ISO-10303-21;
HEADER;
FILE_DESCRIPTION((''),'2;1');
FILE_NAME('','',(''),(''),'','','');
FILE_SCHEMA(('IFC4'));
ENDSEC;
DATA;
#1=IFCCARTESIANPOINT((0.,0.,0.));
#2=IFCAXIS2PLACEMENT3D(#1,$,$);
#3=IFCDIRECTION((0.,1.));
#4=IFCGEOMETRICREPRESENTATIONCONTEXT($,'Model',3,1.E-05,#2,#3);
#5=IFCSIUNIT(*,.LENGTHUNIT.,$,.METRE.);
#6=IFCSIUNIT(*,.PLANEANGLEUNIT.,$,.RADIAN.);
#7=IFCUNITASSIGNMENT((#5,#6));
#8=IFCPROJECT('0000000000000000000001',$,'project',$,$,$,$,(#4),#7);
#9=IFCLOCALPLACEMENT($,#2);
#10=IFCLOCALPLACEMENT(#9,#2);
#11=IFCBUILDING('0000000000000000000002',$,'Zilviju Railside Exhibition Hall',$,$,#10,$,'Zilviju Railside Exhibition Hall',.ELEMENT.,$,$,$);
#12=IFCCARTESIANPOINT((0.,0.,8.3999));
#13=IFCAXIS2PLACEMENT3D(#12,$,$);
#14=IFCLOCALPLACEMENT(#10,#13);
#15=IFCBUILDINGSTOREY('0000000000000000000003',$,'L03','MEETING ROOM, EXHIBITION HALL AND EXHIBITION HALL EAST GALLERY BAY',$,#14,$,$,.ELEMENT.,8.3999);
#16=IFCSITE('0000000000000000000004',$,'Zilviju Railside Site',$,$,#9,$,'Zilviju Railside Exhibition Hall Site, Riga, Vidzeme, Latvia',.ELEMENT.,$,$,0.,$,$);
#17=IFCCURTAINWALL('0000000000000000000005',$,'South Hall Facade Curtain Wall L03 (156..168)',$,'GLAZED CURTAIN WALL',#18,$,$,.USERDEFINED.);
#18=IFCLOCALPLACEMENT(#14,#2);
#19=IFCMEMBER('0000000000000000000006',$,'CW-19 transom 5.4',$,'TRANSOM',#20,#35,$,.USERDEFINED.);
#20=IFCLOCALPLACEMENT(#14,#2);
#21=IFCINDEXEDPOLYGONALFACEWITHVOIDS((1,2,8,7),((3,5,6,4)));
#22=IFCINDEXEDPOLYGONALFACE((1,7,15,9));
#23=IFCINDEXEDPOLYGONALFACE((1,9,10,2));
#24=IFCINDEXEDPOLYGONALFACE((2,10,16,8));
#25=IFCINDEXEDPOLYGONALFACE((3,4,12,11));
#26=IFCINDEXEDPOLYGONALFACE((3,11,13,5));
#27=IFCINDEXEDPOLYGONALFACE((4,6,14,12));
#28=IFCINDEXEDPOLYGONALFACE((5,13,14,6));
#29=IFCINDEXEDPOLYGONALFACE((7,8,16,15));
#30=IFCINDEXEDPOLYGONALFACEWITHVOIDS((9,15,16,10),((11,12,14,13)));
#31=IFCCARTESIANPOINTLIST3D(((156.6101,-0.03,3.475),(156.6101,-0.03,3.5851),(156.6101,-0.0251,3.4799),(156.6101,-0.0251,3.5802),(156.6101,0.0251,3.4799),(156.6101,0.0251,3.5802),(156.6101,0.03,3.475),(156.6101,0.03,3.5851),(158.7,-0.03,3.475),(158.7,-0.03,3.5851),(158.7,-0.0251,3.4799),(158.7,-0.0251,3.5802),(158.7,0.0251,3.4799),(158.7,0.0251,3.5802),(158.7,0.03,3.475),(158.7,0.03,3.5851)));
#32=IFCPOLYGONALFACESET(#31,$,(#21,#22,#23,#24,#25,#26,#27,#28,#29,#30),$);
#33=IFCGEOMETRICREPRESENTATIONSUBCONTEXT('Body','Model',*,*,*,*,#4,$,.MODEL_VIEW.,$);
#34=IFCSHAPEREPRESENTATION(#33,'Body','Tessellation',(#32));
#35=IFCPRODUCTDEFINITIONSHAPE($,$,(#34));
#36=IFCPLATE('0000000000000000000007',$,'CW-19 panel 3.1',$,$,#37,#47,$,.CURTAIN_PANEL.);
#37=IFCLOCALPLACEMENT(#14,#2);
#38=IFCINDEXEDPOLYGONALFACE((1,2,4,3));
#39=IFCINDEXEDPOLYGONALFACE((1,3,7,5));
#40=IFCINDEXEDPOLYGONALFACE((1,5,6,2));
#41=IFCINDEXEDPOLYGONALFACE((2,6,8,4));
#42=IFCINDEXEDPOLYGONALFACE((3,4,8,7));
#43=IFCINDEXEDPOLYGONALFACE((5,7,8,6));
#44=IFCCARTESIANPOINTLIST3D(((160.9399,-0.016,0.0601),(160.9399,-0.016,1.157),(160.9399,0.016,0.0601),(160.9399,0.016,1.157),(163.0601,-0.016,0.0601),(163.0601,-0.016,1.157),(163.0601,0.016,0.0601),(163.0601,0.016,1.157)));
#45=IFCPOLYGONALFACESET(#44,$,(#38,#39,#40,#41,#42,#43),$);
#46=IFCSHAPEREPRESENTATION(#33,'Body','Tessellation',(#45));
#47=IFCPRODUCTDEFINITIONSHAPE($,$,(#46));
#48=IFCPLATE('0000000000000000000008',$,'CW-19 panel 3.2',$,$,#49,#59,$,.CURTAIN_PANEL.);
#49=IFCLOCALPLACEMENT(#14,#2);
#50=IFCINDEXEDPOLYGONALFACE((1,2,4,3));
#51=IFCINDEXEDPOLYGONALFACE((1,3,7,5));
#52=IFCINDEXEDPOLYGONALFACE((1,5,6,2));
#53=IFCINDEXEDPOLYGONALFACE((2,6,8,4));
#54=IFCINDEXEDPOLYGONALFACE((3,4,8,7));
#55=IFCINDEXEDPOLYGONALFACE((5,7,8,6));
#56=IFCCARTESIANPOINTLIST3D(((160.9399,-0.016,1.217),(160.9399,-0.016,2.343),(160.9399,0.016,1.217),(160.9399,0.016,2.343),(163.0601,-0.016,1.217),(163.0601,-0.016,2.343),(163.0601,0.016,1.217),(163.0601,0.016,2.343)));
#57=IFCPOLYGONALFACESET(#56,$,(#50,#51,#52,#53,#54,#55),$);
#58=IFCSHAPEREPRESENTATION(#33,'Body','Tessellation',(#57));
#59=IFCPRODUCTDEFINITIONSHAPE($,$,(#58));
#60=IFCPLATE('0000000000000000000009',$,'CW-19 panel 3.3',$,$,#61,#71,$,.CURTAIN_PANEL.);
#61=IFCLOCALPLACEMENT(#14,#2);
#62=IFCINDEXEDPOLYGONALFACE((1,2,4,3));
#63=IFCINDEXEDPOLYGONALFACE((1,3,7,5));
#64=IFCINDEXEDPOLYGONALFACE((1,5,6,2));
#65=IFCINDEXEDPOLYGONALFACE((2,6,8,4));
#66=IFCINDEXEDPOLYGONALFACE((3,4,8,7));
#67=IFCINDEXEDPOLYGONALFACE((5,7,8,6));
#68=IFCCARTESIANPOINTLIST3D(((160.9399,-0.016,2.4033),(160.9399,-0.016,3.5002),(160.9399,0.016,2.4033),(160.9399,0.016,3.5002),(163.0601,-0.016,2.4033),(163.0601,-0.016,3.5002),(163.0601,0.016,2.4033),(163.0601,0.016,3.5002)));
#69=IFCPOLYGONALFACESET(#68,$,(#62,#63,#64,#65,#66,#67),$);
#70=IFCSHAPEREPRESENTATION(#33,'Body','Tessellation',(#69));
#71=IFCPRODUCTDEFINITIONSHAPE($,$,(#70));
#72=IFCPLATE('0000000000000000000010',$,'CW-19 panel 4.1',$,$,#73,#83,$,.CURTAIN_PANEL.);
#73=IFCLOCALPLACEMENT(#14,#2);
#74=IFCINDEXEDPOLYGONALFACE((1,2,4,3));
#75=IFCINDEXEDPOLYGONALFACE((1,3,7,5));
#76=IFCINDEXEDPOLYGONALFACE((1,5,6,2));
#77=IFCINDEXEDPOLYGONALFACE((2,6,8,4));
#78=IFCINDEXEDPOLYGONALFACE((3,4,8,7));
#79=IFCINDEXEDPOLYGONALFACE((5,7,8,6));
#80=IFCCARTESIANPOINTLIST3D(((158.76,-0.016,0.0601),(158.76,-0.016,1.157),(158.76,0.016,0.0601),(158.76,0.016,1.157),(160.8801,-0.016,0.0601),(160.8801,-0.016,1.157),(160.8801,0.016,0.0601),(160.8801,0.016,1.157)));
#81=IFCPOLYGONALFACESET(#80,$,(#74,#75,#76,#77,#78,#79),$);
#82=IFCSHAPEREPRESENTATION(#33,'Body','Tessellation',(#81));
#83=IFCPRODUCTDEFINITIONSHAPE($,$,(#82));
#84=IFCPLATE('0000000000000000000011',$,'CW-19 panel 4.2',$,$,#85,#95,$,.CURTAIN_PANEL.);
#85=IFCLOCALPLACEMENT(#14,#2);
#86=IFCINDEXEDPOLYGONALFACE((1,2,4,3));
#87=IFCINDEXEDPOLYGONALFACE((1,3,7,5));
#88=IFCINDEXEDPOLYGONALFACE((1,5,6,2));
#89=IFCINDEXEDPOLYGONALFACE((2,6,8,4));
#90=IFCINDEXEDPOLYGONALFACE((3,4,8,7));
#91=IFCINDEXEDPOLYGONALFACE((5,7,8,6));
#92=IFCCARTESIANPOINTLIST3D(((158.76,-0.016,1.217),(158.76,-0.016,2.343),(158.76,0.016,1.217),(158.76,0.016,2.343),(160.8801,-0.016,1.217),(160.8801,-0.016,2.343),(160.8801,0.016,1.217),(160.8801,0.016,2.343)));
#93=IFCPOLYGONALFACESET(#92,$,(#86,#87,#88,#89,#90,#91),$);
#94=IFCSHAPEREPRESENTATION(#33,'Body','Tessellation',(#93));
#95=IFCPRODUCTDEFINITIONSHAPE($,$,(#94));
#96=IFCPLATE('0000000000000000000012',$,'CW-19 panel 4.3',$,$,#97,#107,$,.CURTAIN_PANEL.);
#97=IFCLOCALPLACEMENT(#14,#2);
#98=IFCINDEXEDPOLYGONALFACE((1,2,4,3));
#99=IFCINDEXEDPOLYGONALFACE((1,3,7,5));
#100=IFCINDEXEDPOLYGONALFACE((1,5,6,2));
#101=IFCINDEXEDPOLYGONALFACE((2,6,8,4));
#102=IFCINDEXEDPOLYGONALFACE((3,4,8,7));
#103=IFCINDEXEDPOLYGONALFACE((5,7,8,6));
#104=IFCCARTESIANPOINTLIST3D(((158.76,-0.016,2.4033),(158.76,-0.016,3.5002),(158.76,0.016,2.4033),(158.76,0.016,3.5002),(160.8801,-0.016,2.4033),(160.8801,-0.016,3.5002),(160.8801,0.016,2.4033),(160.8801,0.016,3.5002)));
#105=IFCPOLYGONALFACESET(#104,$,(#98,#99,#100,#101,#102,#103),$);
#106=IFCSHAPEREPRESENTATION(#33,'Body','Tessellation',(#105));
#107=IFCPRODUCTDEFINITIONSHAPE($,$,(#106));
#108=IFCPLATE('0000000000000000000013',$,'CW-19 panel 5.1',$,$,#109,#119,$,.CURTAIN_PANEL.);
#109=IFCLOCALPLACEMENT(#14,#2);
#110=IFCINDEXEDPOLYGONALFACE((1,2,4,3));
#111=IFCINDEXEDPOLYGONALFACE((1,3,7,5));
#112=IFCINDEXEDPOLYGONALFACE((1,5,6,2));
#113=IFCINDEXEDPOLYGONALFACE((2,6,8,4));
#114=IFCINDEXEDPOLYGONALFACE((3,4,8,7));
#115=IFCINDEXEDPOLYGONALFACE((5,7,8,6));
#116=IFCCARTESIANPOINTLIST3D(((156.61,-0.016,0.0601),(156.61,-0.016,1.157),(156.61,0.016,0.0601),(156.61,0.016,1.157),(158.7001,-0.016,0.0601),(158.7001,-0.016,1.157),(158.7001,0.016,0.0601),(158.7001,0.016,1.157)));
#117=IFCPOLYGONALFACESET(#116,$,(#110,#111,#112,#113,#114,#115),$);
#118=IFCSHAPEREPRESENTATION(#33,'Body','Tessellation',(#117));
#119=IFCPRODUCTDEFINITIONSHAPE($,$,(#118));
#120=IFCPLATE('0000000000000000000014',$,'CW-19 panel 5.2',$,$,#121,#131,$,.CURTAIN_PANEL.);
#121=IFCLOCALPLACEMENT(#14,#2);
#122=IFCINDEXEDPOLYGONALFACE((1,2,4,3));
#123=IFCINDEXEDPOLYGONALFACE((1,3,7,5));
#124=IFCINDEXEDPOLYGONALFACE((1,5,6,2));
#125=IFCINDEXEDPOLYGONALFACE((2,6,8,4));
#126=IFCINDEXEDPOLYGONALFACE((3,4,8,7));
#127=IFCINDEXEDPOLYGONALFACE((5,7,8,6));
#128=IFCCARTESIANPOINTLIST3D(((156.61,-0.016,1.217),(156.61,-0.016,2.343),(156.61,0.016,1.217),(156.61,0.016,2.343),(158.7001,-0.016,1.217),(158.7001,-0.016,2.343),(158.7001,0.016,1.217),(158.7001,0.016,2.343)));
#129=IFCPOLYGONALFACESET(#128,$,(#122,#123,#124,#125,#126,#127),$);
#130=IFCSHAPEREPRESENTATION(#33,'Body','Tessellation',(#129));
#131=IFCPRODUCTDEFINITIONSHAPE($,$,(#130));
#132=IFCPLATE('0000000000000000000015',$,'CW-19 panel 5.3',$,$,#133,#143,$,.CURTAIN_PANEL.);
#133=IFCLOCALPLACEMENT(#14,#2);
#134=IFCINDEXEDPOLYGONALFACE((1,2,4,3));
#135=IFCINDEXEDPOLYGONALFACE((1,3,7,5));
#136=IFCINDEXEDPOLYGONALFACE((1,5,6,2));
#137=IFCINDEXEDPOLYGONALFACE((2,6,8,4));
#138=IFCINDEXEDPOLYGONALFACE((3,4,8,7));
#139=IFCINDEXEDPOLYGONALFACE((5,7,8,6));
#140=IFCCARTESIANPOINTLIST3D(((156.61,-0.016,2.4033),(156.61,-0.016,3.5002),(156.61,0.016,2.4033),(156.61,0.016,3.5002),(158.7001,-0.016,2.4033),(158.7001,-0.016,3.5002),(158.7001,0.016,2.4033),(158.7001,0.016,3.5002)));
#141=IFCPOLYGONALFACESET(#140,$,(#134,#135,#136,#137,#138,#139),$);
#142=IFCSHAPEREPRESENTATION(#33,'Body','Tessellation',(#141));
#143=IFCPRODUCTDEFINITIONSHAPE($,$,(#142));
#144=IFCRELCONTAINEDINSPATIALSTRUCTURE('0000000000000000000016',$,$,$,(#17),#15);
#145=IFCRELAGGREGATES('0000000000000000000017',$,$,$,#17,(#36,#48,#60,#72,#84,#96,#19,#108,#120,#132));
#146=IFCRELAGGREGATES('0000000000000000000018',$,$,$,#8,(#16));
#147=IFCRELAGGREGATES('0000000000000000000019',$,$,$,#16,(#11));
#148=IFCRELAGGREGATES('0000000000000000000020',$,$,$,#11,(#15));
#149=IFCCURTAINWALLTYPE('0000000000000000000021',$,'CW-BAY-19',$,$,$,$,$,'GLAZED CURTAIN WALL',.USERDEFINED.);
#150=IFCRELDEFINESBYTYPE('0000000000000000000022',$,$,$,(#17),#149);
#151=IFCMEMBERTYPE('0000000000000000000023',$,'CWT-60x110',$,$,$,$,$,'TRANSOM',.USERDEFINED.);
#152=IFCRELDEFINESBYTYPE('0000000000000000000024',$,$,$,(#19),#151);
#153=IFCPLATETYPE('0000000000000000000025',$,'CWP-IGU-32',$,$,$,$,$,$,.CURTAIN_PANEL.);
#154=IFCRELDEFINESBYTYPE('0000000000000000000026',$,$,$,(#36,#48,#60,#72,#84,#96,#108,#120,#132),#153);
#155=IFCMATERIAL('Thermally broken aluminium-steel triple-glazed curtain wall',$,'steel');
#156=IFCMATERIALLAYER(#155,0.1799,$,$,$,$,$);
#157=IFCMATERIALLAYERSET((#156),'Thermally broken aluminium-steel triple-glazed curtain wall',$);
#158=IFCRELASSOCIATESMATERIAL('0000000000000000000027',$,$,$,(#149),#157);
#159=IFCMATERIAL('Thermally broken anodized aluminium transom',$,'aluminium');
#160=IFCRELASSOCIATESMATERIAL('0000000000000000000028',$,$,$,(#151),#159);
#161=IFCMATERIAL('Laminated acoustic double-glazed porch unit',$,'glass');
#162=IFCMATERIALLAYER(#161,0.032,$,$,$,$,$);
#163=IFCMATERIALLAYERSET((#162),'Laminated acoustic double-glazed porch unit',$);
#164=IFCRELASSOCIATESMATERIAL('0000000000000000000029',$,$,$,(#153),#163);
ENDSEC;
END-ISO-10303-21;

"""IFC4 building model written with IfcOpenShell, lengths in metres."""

from ifc_helpers import new_model, si_unit, direction, frame, origin, origin_2d, place, context, subcontext, project, spatial, rectangle, hollow_rectangle, extrude, material, layer, layer_set, material_profile, profile_set, type_object, element, aggregate, save


model = new_model("IFC4")

# Units and contexts
model_context = context("Model", 3, precision=1e-05, world=origin(), true_north=direction((0.0, 1.0)))
body_context = subcontext(model_context, "Body", "Model", "MODEL_VIEW")
ifc_project = project(units=[si_unit("LENGTHUNIT", "METRE"), si_unit("PLANEANGLEUNIT", "RADIAN")], contexts=[model_context])

# Site, building, storey
site_placement = place(None, origin())
site = spatial("IfcSite", under=ifc_project, at=site_placement, Name="Zilviju Railside Site", LongName="Zilviju Railside Exhibition Hall Site, Riga, Vidzeme, Latvia", CompositionType="ELEMENT", RefElevation=0.0)
building_placement = place(site_placement, origin())
building = spatial("IfcBuilding", under=site, at=building_placement, Name="Zilviju Railside Exhibition Hall", LongName="Zilviju Railside Exhibition Hall", CompositionType="ELEMENT")
storey_placement = place(building_placement, frame((0.0, 0.0, 8.3999)))
storey = spatial("IfcBuildingStorey", under=building, at=storey_placement, Name="L03", Description="MEETING ROOM, EXHIBITION HALL AND EXHIBITION HALL EAST GALLERY BAY", CompositionType="ELEMENT", Elevation=8.3999)

# Curtain wall, member, plates
ifc_material_1 = material(Name="Thermally broken aluminium-steel triple-glazed curtain wall", Category="steel")
ifc_layer_1 = layer(ifc_material_1, 0.1799)
ifc_layer_set_1 = layer_set([ifc_layer_1], Name="Thermally broken aluminium-steel triple-glazed curtain wall")
curtain_wall_type = type_object("IfcCurtainWallType", Name="CW-BAY-19", ElementType="GLAZED CURTAIN WALL", PredefinedType="USERDEFINED", material=ifc_layer_set_1)
curtain_wall_placement = place(storey_placement, origin())
curtain_wall = element("IfcCurtainWall", 1, at=curtain_wall_placement, inside=storey, type_object=curtain_wall_type, Name="South Hall Facade Curtain Wall L03 (156..168)", ObjectType="GLAZED CURTAIN WALL", PredefinedType="USERDEFINED")
ifc_material_2 = material(Name="Thermally broken anodized aluminium transom", Category="aluminium")
ifc_material_profile_1 = material_profile(ifc_material_2, hollow_rectangle(XDim=0.0601, YDim=0.1101, WallThickness=0.0049, at=origin_2d()), Name="TRANSOM 110x60x5")
ifc_profile_set_1 = profile_set([ifc_material_profile_1], Name="Thermally broken anodized aluminium transom")
member_type_1 = type_object("IfcMemberType", Name="CWT-60x110", ElementType="TRANSOM", PredefinedType="USERDEFINED", material=ifc_profile_set_1)
member_1_placement = place(storey_placement, frame((158.7, 0.0, 3.53), z_axis=(-1.0, 0.0, 0.0), x_axis=(0.0, -1.0, 0.0)))
member_1 = element("IfcMember", 2, at=member_1_placement, type_object=member_type_1, Name="CW-19 transom 5.4", ObjectType="TRANSOM", PredefinedType="USERDEFINED", context=body_context, shape_type="SweptSolid", body=[
    extrude(hollow_rectangle(XDim=0.0601, YDim=0.1101, WallThickness=0.0049, at=origin_2d()), origin(), (0.0, 0.0, 1.0), 2.0898),
])
ifc_material_3 = material(Name="Laminated acoustic double-glazed porch unit", Category="glass")
ifc_layer_2 = layer(ifc_material_3, 0.032)
ifc_layer_set_2 = layer_set([ifc_layer_2], Name="Laminated acoustic double-glazed porch unit")
plate_type = type_object("IfcPlateType", Name="CWP-IGU-32", PredefinedType="CURTAIN_PANEL", material=ifc_layer_set_2)
plate_1_placement = place(storey_placement, frame((162.0, 0.0, 0.0601), z_axis=(0.0, 0.0, 1.0), x_axis=(-1.0, 0.0, 0.0)))
plate_1 = element("IfcPlate", 3, at=plate_1_placement, type_object=plate_type, Name="CW-19 panel 3.1", PredefinedType="CURTAIN_PANEL", context=body_context, shape_type="SweptSolid", body=[
    extrude(rectangle(XDim=2.1201, YDim=0.032, at=origin_2d()), origin(), (0.0, 0.0, 1.0), 1.0969),
])
plate_2_placement = place(storey_placement, frame((162.0, 0.0, 1.217), z_axis=(0.0, 0.0, 1.0), x_axis=(-1.0, 0.0, 0.0)))
plate_2 = element("IfcPlate", 4, at=plate_2_placement, type_object=plate_type, Name="CW-19 panel 3.2", PredefinedType="CURTAIN_PANEL", context=body_context, shape_type="SweptSolid", body=[
    extrude(rectangle(XDim=2.1201, YDim=0.032, at=origin_2d()), origin(), (0.0, 0.0, 1.0), 1.126),
])
plate_3_placement = place(storey_placement, frame((162.0, 0.0, 2.4033), z_axis=(0.0, 0.0, 1.0), x_axis=(-1.0, 0.0, 0.0)))
plate_3 = element("IfcPlate", 5, at=plate_3_placement, type_object=plate_type, Name="CW-19 panel 3.3", PredefinedType="CURTAIN_PANEL", context=body_context, shape_type="SweptSolid", body=[
    extrude(rectangle(XDim=2.1201, YDim=0.032, at=origin_2d()), origin(), (0.0, 0.0, 1.0), 1.0969),
])
plate_4_placement = place(storey_placement, frame((159.8201, 0.0, 0.0601), z_axis=(0.0, 0.0, 1.0), x_axis=(-1.0, 0.0, 0.0)))
plate_4 = element("IfcPlate", 6, at=plate_4_placement, type_object=plate_type, Name="CW-19 panel 4.1", PredefinedType="CURTAIN_PANEL", context=body_context, shape_type="SweptSolid", body=[
    extrude(rectangle(XDim=2.1201, YDim=0.032, at=origin_2d()), origin(), (0.0, 0.0, 1.0), 1.0969),
])
plate_5_placement = place(storey_placement, frame((159.8201, 0.0, 1.217), z_axis=(0.0, 0.0, 1.0), x_axis=(-1.0, 0.0, 0.0)))
plate_5 = element("IfcPlate", 7, at=plate_5_placement, type_object=plate_type, Name="CW-19 panel 4.2", PredefinedType="CURTAIN_PANEL", context=body_context, shape_type="SweptSolid", body=[
    extrude(rectangle(XDim=2.1201, YDim=0.032, at=origin_2d()), origin(), (0.0, 0.0, 1.0), 1.126),
])
plate_6_placement = place(storey_placement, frame((159.8201, 0.0, 2.4033), z_axis=(0.0, 0.0, 1.0), x_axis=(-1.0, 0.0, 0.0)))
plate_6 = element("IfcPlate", 8, at=plate_6_placement, type_object=plate_type, Name="CW-19 panel 4.3", PredefinedType="CURTAIN_PANEL", context=body_context, shape_type="SweptSolid", body=[
    extrude(rectangle(XDim=2.1201, YDim=0.032, at=origin_2d()), origin(), (0.0, 0.0, 1.0), 1.0969),
])
plate_7_placement = place(storey_placement, frame((157.655, 0.0, 0.0601), z_axis=(0.0, 0.0, 1.0), x_axis=(-1.0, 0.0, 0.0)))
plate_7 = element("IfcPlate", 9, at=plate_7_placement, type_object=plate_type, Name="CW-19 panel 5.1", PredefinedType="CURTAIN_PANEL", context=body_context, shape_type="SweptSolid", body=[
    extrude(rectangle(XDim=2.0901, YDim=0.032, at=origin_2d()), origin(), (0.0, 0.0, 1.0), 1.0969),
])
plate_8_placement = place(storey_placement, frame((157.655, 0.0, 1.217), z_axis=(0.0, 0.0, 1.0), x_axis=(-1.0, 0.0, 0.0)))
plate_8 = element("IfcPlate", 10, at=plate_8_placement, type_object=plate_type, Name="CW-19 panel 5.2", PredefinedType="CURTAIN_PANEL", context=body_context, shape_type="SweptSolid", body=[
    extrude(rectangle(XDim=2.0901, YDim=0.032, at=origin_2d()), origin(), (0.0, 0.0, 1.0), 1.126),
])
plate_9_placement = place(storey_placement, frame((157.655, 0.0, 2.4033), z_axis=(0.0, 0.0, 1.0), x_axis=(-1.0, 0.0, 0.0)))
plate_9 = element("IfcPlate", 11, at=plate_9_placement, type_object=plate_type, Name="CW-19 panel 5.3", PredefinedType="CURTAIN_PANEL", context=body_context, shape_type="SweptSolid", body=[
    extrude(rectangle(XDim=2.0901, YDim=0.032, at=origin_2d()), origin(), (0.0, 0.0, 1.0), 1.0969),
])
aggregate(curtain_wall, [plate_1, plate_2, plate_3, plate_4, plate_5, plate_6, member_1, plate_7, plate_8, plate_9])

save(model, "model.ifc")
